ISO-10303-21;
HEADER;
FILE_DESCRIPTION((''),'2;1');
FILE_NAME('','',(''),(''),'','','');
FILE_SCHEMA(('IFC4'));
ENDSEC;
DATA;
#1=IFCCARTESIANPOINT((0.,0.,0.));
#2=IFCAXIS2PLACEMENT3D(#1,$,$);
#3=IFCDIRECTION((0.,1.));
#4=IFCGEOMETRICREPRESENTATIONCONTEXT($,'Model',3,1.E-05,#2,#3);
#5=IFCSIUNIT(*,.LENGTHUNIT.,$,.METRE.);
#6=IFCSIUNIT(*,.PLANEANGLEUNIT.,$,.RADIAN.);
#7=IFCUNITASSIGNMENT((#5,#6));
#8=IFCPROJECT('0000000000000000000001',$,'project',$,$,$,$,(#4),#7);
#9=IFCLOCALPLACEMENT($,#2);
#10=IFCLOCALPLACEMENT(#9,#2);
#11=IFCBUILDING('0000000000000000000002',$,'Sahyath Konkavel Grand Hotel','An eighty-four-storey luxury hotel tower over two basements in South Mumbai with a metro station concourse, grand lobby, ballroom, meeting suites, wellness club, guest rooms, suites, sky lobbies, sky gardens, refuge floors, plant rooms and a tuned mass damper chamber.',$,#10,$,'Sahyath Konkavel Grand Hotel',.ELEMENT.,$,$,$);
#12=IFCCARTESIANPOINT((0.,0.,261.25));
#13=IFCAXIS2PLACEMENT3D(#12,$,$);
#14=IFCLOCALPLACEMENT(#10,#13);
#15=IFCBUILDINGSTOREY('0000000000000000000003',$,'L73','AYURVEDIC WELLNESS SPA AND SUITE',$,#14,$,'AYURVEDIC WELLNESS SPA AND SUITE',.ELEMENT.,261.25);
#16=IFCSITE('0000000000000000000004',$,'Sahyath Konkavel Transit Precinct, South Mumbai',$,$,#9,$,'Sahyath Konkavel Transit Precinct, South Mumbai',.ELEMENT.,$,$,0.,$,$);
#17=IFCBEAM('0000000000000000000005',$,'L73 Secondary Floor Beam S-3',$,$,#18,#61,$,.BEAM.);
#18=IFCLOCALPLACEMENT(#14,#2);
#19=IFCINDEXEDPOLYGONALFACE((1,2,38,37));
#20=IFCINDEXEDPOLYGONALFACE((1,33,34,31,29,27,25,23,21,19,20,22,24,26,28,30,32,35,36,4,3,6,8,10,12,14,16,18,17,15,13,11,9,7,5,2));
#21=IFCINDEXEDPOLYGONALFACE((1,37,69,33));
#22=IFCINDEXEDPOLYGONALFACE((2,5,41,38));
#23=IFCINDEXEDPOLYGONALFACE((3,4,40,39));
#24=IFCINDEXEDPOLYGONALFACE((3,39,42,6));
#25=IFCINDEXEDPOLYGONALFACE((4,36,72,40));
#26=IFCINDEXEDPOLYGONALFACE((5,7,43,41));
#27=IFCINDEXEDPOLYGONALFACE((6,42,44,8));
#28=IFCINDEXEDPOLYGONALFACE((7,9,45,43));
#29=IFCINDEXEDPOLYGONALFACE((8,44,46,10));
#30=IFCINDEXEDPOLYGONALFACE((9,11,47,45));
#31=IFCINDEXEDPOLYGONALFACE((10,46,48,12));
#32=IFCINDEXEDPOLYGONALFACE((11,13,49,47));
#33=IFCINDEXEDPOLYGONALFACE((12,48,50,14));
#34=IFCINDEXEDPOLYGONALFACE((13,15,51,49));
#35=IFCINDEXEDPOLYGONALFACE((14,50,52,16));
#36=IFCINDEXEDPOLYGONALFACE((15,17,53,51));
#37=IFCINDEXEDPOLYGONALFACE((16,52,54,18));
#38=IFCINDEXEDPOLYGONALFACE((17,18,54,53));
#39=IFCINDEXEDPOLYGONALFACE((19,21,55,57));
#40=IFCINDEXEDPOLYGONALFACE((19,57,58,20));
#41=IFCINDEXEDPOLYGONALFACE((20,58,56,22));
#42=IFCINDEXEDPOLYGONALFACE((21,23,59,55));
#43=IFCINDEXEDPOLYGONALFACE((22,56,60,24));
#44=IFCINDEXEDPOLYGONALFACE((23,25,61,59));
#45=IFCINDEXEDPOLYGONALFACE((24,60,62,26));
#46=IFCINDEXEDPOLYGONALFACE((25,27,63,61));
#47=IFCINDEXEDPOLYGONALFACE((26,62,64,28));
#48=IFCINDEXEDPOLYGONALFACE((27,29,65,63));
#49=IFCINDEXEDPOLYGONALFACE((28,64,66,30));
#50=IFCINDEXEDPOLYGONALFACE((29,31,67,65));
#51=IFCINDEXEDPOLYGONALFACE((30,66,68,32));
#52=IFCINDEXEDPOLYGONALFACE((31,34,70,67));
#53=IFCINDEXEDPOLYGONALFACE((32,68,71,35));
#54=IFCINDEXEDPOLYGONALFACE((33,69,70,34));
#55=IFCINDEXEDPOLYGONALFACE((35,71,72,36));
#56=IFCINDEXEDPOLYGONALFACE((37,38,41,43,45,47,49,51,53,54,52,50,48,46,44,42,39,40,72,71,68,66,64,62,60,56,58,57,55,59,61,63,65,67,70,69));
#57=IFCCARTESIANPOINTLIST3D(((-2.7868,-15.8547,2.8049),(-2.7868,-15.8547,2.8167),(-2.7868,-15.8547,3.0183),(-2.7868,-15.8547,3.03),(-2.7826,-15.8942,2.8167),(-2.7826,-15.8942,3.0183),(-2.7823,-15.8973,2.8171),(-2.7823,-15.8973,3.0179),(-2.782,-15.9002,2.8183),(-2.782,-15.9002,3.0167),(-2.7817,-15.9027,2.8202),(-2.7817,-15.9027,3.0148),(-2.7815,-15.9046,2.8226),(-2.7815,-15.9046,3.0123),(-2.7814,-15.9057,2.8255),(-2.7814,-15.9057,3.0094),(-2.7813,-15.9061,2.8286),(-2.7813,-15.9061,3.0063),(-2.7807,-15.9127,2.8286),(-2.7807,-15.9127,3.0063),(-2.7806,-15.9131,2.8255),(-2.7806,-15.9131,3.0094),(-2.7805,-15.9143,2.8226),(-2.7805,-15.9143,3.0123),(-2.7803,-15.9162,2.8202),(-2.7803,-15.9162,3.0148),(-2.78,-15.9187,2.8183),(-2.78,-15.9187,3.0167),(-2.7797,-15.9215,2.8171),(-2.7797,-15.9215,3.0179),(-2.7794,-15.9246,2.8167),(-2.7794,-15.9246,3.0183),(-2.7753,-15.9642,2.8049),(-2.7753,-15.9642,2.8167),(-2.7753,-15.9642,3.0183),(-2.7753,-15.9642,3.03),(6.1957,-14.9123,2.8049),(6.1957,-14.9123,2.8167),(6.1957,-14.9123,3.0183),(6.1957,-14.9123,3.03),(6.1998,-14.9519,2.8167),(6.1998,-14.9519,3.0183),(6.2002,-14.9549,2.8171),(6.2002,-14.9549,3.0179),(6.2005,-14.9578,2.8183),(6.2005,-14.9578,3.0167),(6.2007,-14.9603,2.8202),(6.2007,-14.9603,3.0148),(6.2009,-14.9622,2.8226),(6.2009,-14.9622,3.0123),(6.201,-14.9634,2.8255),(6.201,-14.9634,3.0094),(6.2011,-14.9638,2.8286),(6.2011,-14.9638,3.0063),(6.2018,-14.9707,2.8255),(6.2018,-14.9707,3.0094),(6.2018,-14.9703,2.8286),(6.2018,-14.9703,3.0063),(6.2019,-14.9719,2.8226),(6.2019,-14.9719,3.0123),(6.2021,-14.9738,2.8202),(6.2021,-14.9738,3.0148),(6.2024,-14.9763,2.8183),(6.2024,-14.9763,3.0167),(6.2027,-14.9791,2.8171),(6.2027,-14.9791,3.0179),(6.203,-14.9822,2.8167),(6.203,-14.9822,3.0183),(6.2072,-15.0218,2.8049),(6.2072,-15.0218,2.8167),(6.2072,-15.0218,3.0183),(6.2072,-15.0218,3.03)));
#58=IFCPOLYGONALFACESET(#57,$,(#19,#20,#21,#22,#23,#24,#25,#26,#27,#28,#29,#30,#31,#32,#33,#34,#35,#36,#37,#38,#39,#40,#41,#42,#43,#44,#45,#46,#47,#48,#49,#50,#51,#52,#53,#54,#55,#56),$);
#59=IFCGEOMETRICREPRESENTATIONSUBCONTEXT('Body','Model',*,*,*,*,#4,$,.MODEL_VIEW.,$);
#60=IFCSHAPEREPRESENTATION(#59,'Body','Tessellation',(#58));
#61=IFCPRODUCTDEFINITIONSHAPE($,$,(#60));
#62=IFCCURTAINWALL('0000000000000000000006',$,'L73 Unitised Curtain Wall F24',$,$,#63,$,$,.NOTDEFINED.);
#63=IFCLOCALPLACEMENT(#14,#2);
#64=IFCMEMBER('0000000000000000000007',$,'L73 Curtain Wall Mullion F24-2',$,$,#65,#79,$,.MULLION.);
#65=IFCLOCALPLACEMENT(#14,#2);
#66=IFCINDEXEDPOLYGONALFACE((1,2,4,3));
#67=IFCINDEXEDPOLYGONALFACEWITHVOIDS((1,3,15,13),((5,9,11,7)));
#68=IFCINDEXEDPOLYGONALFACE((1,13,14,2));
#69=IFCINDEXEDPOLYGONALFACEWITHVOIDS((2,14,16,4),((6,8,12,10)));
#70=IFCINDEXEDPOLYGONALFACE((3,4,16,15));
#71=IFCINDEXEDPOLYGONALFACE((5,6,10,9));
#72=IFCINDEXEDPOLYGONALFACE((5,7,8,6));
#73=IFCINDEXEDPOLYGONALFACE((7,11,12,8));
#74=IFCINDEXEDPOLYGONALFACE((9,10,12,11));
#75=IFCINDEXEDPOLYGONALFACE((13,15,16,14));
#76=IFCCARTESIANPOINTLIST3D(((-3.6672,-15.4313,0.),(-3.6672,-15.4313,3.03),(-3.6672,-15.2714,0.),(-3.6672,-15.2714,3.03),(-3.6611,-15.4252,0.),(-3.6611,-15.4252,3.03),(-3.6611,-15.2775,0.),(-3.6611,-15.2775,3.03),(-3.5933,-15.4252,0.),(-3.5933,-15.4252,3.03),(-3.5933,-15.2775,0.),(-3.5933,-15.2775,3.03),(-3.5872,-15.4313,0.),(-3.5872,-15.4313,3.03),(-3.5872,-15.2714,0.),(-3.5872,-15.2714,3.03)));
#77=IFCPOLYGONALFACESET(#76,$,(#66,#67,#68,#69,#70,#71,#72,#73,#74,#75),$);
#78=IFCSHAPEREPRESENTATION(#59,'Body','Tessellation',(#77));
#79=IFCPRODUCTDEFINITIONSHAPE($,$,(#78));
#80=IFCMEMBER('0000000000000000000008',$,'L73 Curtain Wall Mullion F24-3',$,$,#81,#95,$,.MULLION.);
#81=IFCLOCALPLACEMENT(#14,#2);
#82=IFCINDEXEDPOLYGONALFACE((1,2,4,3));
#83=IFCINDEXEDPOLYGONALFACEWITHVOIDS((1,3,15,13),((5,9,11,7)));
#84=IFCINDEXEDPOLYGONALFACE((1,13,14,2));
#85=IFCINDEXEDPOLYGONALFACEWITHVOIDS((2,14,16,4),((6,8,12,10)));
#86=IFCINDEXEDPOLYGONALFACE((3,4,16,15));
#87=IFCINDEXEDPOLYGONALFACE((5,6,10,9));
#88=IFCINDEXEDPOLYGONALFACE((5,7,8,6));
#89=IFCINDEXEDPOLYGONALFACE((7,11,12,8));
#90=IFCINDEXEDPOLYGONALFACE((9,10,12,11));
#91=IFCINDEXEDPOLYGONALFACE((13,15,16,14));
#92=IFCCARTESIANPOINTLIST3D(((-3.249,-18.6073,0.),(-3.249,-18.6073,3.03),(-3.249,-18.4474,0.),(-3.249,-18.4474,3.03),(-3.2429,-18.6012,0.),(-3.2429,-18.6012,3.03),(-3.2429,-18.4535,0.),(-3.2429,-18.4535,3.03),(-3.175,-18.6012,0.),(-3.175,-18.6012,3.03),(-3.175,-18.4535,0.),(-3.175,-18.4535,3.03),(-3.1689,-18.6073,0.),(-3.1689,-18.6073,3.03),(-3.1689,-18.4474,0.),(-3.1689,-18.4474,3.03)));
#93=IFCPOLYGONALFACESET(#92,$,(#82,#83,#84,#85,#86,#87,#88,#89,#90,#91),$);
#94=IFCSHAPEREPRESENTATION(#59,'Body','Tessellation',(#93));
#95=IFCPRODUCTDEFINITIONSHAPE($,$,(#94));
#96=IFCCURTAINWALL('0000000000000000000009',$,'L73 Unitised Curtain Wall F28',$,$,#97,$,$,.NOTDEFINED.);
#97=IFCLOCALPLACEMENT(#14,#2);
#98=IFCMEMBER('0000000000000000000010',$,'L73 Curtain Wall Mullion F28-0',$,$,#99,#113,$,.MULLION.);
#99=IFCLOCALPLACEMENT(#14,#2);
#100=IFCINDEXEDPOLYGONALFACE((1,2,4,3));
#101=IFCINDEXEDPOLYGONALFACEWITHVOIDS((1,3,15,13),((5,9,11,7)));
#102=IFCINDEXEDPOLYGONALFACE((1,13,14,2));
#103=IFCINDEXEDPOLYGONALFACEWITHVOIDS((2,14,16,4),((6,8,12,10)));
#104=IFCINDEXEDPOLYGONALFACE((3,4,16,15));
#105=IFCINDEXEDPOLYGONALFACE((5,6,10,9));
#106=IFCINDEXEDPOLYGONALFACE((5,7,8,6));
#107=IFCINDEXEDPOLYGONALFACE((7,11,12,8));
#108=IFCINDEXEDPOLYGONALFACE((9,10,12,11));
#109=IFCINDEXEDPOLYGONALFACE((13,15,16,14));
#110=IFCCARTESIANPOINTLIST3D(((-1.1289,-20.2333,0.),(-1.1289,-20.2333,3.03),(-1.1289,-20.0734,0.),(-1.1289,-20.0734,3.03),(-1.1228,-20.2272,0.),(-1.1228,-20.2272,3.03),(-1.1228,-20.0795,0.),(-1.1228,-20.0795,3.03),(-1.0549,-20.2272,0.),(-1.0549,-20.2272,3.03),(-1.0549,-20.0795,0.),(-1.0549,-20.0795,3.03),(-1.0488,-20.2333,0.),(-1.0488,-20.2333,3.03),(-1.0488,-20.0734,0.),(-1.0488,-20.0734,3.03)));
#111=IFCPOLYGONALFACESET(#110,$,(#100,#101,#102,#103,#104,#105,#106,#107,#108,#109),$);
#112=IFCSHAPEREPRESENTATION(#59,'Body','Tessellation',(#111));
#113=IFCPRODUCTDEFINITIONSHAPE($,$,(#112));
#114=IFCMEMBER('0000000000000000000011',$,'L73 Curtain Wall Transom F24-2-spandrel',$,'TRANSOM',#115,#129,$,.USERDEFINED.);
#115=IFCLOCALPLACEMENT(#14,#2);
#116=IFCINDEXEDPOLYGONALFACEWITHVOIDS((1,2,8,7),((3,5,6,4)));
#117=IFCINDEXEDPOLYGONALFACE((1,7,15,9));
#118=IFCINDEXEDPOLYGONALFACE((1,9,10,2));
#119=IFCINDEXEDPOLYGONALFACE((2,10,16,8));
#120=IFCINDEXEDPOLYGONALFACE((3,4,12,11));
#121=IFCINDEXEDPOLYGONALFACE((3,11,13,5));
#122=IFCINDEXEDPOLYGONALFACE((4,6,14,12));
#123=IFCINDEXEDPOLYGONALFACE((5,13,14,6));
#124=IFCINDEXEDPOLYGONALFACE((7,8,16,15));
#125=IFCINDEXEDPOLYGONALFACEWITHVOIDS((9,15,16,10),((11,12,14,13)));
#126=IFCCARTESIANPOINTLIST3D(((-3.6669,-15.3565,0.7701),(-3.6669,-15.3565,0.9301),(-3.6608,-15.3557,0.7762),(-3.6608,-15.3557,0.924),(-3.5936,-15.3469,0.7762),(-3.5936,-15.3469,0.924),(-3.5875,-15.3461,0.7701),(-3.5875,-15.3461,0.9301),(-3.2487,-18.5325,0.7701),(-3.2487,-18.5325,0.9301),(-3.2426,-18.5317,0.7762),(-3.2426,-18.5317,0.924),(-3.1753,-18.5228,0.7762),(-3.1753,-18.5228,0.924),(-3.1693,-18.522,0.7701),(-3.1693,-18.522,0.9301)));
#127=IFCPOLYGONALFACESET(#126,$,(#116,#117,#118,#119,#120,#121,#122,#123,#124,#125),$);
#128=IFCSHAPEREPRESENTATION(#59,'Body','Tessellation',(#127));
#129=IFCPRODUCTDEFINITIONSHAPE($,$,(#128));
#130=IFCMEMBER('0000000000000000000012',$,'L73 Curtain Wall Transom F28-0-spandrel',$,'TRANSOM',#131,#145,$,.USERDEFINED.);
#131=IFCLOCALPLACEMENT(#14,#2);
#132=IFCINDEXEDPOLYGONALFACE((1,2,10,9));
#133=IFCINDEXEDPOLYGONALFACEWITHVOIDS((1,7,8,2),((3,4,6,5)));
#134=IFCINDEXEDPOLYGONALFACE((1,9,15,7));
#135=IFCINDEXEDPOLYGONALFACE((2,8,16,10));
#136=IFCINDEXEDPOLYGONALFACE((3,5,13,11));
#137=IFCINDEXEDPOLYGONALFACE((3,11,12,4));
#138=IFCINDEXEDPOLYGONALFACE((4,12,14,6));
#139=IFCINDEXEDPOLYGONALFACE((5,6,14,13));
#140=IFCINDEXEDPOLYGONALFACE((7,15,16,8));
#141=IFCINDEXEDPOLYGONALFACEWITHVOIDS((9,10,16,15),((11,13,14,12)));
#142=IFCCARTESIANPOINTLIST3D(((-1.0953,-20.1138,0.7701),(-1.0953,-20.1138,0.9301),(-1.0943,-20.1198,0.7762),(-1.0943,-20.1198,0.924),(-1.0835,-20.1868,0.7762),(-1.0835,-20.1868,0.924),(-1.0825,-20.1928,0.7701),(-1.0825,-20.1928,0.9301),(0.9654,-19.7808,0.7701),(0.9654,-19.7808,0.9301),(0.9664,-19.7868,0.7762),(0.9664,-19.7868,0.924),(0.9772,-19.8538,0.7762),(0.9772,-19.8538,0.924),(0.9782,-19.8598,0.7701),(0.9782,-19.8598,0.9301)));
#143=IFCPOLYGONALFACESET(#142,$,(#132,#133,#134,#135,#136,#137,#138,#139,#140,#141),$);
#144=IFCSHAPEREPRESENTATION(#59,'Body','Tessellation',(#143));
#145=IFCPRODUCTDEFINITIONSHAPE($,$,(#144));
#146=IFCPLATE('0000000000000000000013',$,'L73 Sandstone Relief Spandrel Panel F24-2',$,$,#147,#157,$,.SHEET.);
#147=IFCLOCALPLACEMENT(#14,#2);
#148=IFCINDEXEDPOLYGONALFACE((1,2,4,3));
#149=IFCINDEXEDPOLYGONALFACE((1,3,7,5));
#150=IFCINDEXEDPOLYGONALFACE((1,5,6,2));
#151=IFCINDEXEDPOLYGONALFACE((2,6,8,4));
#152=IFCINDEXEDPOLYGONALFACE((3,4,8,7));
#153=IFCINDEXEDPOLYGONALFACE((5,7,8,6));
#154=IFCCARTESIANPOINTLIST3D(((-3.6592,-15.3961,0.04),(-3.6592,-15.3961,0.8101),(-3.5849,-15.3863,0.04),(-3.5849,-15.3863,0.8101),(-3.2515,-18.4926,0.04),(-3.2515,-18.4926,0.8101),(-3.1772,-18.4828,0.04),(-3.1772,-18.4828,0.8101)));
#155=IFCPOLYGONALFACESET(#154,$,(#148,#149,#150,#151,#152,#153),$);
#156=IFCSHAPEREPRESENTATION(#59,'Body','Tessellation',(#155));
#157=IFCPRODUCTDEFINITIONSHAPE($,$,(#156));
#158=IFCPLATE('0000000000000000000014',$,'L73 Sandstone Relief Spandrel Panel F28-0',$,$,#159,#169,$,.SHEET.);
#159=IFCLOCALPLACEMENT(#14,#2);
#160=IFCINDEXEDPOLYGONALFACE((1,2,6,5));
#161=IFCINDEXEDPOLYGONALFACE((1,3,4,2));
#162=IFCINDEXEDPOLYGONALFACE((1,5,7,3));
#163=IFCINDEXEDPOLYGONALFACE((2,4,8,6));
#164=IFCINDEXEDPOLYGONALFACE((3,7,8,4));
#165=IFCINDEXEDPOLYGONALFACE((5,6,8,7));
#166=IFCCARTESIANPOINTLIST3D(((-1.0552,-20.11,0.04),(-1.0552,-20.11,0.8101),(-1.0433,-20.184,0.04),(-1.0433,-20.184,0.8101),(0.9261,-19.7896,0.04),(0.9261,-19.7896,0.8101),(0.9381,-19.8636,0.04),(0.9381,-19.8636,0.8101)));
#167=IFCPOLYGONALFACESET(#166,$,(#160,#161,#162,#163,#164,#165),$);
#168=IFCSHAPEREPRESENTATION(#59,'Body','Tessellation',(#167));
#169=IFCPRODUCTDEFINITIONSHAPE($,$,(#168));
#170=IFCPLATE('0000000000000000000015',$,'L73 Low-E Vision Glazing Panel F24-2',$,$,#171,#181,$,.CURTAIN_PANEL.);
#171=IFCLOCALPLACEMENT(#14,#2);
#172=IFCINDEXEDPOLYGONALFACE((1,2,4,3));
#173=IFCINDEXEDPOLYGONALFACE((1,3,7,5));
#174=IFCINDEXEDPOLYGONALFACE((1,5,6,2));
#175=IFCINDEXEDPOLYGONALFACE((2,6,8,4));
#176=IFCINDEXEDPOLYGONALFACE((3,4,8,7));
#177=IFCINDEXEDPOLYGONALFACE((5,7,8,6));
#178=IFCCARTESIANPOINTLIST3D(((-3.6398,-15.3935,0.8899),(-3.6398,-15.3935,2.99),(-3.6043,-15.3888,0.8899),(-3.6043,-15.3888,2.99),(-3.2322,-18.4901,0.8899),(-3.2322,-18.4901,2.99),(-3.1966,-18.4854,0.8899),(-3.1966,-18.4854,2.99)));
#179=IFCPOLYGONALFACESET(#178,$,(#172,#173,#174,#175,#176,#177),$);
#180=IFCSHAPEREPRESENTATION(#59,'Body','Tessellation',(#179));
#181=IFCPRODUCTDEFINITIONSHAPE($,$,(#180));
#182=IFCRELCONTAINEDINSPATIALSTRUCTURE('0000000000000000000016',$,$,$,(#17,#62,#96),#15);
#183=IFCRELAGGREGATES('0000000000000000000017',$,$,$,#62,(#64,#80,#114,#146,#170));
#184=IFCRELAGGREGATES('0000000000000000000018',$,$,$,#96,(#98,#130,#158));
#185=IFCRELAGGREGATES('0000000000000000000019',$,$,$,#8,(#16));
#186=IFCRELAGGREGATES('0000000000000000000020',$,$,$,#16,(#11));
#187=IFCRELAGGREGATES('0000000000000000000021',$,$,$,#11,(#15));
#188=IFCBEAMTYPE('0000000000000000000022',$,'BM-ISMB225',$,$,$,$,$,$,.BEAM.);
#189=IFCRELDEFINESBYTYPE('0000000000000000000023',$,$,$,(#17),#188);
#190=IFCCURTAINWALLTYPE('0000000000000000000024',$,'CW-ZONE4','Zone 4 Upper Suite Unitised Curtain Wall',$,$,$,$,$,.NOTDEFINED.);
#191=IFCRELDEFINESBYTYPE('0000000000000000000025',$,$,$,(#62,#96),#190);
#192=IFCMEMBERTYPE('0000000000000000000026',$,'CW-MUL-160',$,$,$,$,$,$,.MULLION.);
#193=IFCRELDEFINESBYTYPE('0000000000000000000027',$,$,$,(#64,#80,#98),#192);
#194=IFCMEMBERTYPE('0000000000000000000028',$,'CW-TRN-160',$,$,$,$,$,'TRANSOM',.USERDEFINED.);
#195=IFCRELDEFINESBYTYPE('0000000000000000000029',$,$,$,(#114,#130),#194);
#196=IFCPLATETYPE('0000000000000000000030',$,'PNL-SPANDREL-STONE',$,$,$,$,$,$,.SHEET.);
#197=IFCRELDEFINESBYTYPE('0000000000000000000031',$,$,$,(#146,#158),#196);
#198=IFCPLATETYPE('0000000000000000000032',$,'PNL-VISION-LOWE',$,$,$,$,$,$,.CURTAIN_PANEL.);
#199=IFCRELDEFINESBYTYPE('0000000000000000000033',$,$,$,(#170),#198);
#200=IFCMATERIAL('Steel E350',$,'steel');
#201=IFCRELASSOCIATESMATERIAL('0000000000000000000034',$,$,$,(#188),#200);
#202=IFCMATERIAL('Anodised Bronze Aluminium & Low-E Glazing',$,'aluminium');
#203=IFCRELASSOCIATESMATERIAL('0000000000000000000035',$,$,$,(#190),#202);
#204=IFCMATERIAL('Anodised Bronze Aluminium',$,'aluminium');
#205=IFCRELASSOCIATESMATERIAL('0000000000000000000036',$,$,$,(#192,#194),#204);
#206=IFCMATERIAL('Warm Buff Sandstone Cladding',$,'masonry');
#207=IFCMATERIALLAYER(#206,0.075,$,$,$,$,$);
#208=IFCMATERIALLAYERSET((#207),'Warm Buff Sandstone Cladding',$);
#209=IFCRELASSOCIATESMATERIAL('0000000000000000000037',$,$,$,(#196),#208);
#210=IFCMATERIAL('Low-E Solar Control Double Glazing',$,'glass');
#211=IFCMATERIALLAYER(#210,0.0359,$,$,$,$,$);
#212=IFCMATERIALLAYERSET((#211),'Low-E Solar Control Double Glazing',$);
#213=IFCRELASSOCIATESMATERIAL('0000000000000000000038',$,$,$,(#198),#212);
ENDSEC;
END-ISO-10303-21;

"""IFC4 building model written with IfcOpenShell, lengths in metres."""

from ifc_helpers import new_model, si_unit, direction, frame, origin, origin_2d, place, context, subcontext, project, spatial, rectangle, hollow_rectangle, i_section, extrude, source, transform, mapped, material, layer, layer_set, material_profile, profile_set, type_object, element, aggregate, save


model = new_model("IFC4")

# Units and contexts
model_context = context("Model", 3, precision=1e-05, world=origin(), true_north=direction((0.0, 1.0)))
body_context = subcontext(model_context, "Body", "Model", "MODEL_VIEW")
ifc_project = project(units=[si_unit("LENGTHUNIT", "METRE"), si_unit("PLANEANGLEUNIT", "RADIAN")], contexts=[model_context])

# Site, building, storey
site_placement = place(None, origin())
site = spatial("IfcSite", under=ifc_project, at=site_placement, Name="Sahyath Konkavel Transit Precinct, South Mumbai", LongName="Sahyath Konkavel Transit Precinct, South Mumbai", CompositionType="ELEMENT", RefElevation=0.0)
building_placement = place(site_placement, origin())
building = spatial("IfcBuilding", under=site, at=building_placement, Name="Sahyath Konkavel Grand Hotel", Description="An eighty-four-storey luxury hotel tower over two basements in South Mumbai with a metro station concourse, grand lobby, ballroom, meeting suites, wellness club, guest rooms, suites, sky lobbies, sky gardens, refuge floors, plant rooms and a tuned mass damper chamber.", LongName="Sahyath Konkavel Grand Hotel", CompositionType="ELEMENT")
storey_placement = place(building_placement, frame((0.0, 0.0, 261.25)))
storey = spatial("IfcBuildingStorey", under=building, at=storey_placement, Name="L73", Description="AYURVEDIC WELLNESS SPA AND SUITE", LongName="AYURVEDIC WELLNESS SPA AND SUITE", CompositionType="ELEMENT", Elevation=261.25)

# Beam
ifc_material_1 = material(Name="Steel E350", Category="steel")
ifc_material_profile_1 = material_profile(ifc_material_1, i_section(OverallWidth=0.1101, OverallDepth=0.2251, WebThickness=0.0066, FlangeThickness=0.0117, FilletRadius=0.012, at=origin_2d()), Name="ISMB 225")
ifc_profile_set_1 = profile_set([ifc_material_profile_1], Name="Steel E350")
beam_type_1 = type_object("IfcBeamType", Name="BM-ISMB225", PredefinedType="BEAM", material=ifc_profile_set_1)
shared_shape_1 = source(origin(), body_context, "Body", "SweptSolid", [
    extrude(i_section(OverallWidth=0.1101, OverallDepth=0.2251, WebThickness=0.0066, FlangeThickness=0.0117, FilletRadius=0.012, at=origin_2d()), origin(), (0.0, 0.0, 1.0), 9.0317),
])
beam_1_placement = place(storey_placement, frame((-2.781, -15.9094, 2.9175), z_axis=(0.994542, 0.104341, 0.0), x_axis=(-0.104341, 0.994542, 0.0)))
element("IfcBeam", 1, at=beam_1_placement, inside=storey, type_object=beam_type_1, Name="L73 Secondary Floor Beam S-3", PredefinedType="BEAM", context=body_context, shape_type="MappedRepresentation", body=[
    mapped(shared_shape_1, transform((0.0, 0.0, 0.0), scale=1.0)),
])

# Curtain wall, members
ifc_material_2 = material(Name="Anodised Bronze Aluminium & Low-E Glazing", Category="aluminium")
curtain_wall_type = type_object("IfcCurtainWallType", Name="CW-ZONE4", Description="Zone 4 Upper Suite Unitised Curtain Wall", PredefinedType="NOTDEFINED", material=ifc_material_2)
curtain_wall_1_placement = place(storey_placement, origin())
curtain_wall_1 = element("IfcCurtainWall", 2, at=curtain_wall_1_placement, inside=storey, type_object=curtain_wall_type, Name="L73 Unitised Curtain Wall F24", PredefinedType="NOTDEFINED")
ifc_material_3 = material(Name="Anodised Bronze Aluminium", Category="aluminium")
ifc_material_profile_2 = material_profile(ifc_material_3, hollow_rectangle(XDim=0.0801, YDim=0.1599, WallThickness=0.0061, at=origin_2d()), Name="RHS 160x80x6")
ifc_profile_set_2 = profile_set([ifc_material_profile_2], Name="Anodised Bronze Aluminium")
member_type_1 = type_object("IfcMemberType", Name="CW-MUL-160", PredefinedType="MULLION", material=ifc_profile_set_2)
shared_shape_2 = source(origin(), body_context, "Body", "SweptSolid", [
    extrude(hollow_rectangle(XDim=0.0801, YDim=0.1599, WallThickness=0.0061, at=origin_2d()), origin(), (0.0, 0.0, 1.0), 3.03),
])
member_1_placement = place(storey_placement, frame((-3.6272, -15.3513, 0.0), z_axis=(0.0, 0.0, 1.0), x_axis=(1.0, 0.0, 0.0)))
member_1 = element("IfcMember", 3, at=member_1_placement, type_object=member_type_1, Name="L73 Curtain Wall Mullion F24-2", PredefinedType="MULLION", context=body_context, shape_type="MappedRepresentation", body=[
    mapped(shared_shape_2, transform((0.0, 0.0, 0.0), scale=1.0)),
])
member_2_placement = place(storey_placement, frame((-3.209, -18.5273, 0.0), z_axis=(0.0, 0.0, 1.0), x_axis=(1.0, 0.0, 0.0)))
member_2 = element("IfcMember", 4, at=member_2_placement, type_object=member_type_1, Name="L73 Curtain Wall Mullion F24-3", PredefinedType="MULLION", context=body_context, shape_type="MappedRepresentation", body=[
    mapped(shared_shape_2, transform((0.0, 0.0, 0.0), scale=1.0)),
])

# Curtain wall, member
curtain_wall_2_placement = place(storey_placement, origin())
curtain_wall_2 = element("IfcCurtainWall", 5, at=curtain_wall_2_placement, inside=storey, type_object=curtain_wall_type, Name="L73 Unitised Curtain Wall F28", PredefinedType="NOTDEFINED")
member_3_placement = place(storey_placement, frame((-1.0889, -20.1533, 0.0), z_axis=(0.0, 0.0, 1.0), x_axis=(1.0, 0.0, 0.0)))
member_3 = element("IfcMember", 6, at=member_3_placement, type_object=member_type_1, Name="L73 Curtain Wall Mullion F28-0", PredefinedType="MULLION", context=body_context, shape_type="MappedRepresentation", body=[
    mapped(shared_shape_2, transform((0.0, 0.0, 0.0), scale=1.0)),
])

# Members
ifc_material_profile_3 = material_profile(ifc_material_3, hollow_rectangle(XDim=0.0801, YDim=0.1599, WallThickness=0.0061, at=origin_2d()), Name="RHS 160x80x6")
ifc_profile_set_3 = profile_set([ifc_material_profile_3], Name="Anodised Bronze Aluminium")
member_type_2 = type_object("IfcMemberType", Name="CW-TRN-160", ElementType="TRANSOM", PredefinedType="USERDEFINED", material=ifc_profile_set_3)
shared_shape_3 = source(origin(), body_context, "Body", "SweptSolid", [
    extrude(hollow_rectangle(XDim=0.0801, YDim=0.1599, WallThickness=0.0061, at=origin_2d()), origin(), (0.0, 0.0, 1.0), 3.2034),
])
member_4_placement = place(storey_placement, frame((-3.6272, -15.3513, 0.8501), z_axis=(0.130551, -0.991442, 0.0), x_axis=(0.991442, 0.130551, 0.0)))
member_4 = element("IfcMember", 7, at=member_4_placement, type_object=member_type_2, Name="L73 Curtain Wall Transom F24-2-spandrel", ObjectType="TRANSOM", PredefinedType="USERDEFINED", context=body_context, shape_type="MappedRepresentation", body=[
    mapped(shared_shape_3, transform((0.0, 0.0, 0.0), scale=1.0)),
])
shared_shape_4 = source(origin(), body_context, "Body", "SweptSolid", [
    extrude(hollow_rectangle(XDim=0.0801, YDim=0.1599, WallThickness=0.0061, at=origin_2d()), origin(), (0.0, 0.0, 1.0), 2.0874),
])
member_5_placement = place(storey_placement, frame((-1.0889, -20.1533, 0.8501), z_axis=(0.987191, 0.159541, 0.0), x_axis=(-0.159541, 0.987191, 0.0)))
member_5 = element("IfcMember", 8, at=member_5_placement, type_object=member_type_2, Name="L73 Curtain Wall Transom F28-0-spandrel", ObjectType="TRANSOM", PredefinedType="USERDEFINED", context=body_context, shape_type="MappedRepresentation", body=[
    mapped(shared_shape_4, transform((0.0, 0.0, 0.0), scale=1.0)),
])

# Plates
ifc_material_4 = material(Name="Warm Buff Sandstone Cladding", Category="masonry")
ifc_layer_1 = layer(ifc_material_4, 0.075)
ifc_layer_set_1 = layer_set([ifc_layer_1], Name="Warm Buff Sandstone Cladding")
plate_type_1 = type_object("IfcPlateType", Name="PNL-SPANDREL-STONE", PredefinedType="SHEET", material=ifc_layer_set_1)
shared_shape_5 = source(origin(), body_context, "Body", "SweptSolid", [
    extrude(rectangle(XDim=3.1233, YDim=0.075, at=origin_2d()), origin(), (0.0, 0.0, 1.0), 0.77),
])
plate_1_placement = place(storey_placement, frame((-3.4182, -16.9395, 0.04), z_axis=(0.0, 0.0, 1.0), x_axis=(0.130526, -0.991445, 0.0)))
plate_1 = element("IfcPlate", 9, at=plate_1_placement, type_object=plate_type_1, Name="L73 Sandstone Relief Spandrel Panel F24-2", PredefinedType="SHEET", context=body_context, shape_type="MappedRepresentation", body=[
    mapped(shared_shape_5, transform((0.0, 0.0, 0.0), scale=1.0)),
])
shared_shape_6 = source(origin(), body_context, "Body", "SweptSolid", [
    extrude(rectangle(XDim=2.0071, YDim=0.075, at=origin_2d()), origin(), (0.0, 0.0, 1.0), 0.77),
])
plate_2_placement = place(storey_placement, frame((-0.0586, -19.9868, 0.04), z_axis=(0.0, 0.0, 1.0), x_axis=(0.987178, 0.159623, 0.0)))
plate_2 = element("IfcPlate", 10, at=plate_2_placement, type_object=plate_type_1, Name="L73 Sandstone Relief Spandrel Panel F28-0", PredefinedType="SHEET", context=body_context, shape_type="MappedRepresentation", body=[
    mapped(shared_shape_6, transform((0.0, 0.0, 0.0), scale=1.0)),
])
ifc_material_5 = material(Name="Low-E Solar Control Double Glazing", Category="glass")
ifc_layer_2 = layer(ifc_material_5, 0.0359)
ifc_layer_set_2 = layer_set([ifc_layer_2], Name="Low-E Solar Control Double Glazing")
plate_type_2 = type_object("IfcPlateType", Name="PNL-VISION-LOWE", PredefinedType="CURTAIN_PANEL", material=ifc_layer_set_2)
shared_shape_7 = source(origin(), body_context, "Body", "SweptSolid", [
    extrude(rectangle(XDim=3.1233, YDim=0.0359, at=origin_2d()), origin(), (0.0, 0.0, 1.0), 2.1001),
])
plate_3_placement = place(storey_placement, frame((-3.4182, -16.9395, 0.8899), z_axis=(0.0, 0.0, 1.0), x_axis=(0.130526, -0.991445, 0.0)))
plate_3 = element("IfcPlate", 11, at=plate_3_placement, type_object=plate_type_2, Name="L73 Low-E Vision Glazing Panel F24-2", PredefinedType="CURTAIN_PANEL", context=body_context, shape_type="MappedRepresentation", body=[
    mapped(shared_shape_7, transform((0.0, 0.0, 0.0), scale=1.0)),
])
aggregate(curtain_wall_1, [member_1, member_2, member_4, plate_1, plate_3])
aggregate(curtain_wall_2, [member_3, member_5, plate_2])

save(model, "model.ifc")
